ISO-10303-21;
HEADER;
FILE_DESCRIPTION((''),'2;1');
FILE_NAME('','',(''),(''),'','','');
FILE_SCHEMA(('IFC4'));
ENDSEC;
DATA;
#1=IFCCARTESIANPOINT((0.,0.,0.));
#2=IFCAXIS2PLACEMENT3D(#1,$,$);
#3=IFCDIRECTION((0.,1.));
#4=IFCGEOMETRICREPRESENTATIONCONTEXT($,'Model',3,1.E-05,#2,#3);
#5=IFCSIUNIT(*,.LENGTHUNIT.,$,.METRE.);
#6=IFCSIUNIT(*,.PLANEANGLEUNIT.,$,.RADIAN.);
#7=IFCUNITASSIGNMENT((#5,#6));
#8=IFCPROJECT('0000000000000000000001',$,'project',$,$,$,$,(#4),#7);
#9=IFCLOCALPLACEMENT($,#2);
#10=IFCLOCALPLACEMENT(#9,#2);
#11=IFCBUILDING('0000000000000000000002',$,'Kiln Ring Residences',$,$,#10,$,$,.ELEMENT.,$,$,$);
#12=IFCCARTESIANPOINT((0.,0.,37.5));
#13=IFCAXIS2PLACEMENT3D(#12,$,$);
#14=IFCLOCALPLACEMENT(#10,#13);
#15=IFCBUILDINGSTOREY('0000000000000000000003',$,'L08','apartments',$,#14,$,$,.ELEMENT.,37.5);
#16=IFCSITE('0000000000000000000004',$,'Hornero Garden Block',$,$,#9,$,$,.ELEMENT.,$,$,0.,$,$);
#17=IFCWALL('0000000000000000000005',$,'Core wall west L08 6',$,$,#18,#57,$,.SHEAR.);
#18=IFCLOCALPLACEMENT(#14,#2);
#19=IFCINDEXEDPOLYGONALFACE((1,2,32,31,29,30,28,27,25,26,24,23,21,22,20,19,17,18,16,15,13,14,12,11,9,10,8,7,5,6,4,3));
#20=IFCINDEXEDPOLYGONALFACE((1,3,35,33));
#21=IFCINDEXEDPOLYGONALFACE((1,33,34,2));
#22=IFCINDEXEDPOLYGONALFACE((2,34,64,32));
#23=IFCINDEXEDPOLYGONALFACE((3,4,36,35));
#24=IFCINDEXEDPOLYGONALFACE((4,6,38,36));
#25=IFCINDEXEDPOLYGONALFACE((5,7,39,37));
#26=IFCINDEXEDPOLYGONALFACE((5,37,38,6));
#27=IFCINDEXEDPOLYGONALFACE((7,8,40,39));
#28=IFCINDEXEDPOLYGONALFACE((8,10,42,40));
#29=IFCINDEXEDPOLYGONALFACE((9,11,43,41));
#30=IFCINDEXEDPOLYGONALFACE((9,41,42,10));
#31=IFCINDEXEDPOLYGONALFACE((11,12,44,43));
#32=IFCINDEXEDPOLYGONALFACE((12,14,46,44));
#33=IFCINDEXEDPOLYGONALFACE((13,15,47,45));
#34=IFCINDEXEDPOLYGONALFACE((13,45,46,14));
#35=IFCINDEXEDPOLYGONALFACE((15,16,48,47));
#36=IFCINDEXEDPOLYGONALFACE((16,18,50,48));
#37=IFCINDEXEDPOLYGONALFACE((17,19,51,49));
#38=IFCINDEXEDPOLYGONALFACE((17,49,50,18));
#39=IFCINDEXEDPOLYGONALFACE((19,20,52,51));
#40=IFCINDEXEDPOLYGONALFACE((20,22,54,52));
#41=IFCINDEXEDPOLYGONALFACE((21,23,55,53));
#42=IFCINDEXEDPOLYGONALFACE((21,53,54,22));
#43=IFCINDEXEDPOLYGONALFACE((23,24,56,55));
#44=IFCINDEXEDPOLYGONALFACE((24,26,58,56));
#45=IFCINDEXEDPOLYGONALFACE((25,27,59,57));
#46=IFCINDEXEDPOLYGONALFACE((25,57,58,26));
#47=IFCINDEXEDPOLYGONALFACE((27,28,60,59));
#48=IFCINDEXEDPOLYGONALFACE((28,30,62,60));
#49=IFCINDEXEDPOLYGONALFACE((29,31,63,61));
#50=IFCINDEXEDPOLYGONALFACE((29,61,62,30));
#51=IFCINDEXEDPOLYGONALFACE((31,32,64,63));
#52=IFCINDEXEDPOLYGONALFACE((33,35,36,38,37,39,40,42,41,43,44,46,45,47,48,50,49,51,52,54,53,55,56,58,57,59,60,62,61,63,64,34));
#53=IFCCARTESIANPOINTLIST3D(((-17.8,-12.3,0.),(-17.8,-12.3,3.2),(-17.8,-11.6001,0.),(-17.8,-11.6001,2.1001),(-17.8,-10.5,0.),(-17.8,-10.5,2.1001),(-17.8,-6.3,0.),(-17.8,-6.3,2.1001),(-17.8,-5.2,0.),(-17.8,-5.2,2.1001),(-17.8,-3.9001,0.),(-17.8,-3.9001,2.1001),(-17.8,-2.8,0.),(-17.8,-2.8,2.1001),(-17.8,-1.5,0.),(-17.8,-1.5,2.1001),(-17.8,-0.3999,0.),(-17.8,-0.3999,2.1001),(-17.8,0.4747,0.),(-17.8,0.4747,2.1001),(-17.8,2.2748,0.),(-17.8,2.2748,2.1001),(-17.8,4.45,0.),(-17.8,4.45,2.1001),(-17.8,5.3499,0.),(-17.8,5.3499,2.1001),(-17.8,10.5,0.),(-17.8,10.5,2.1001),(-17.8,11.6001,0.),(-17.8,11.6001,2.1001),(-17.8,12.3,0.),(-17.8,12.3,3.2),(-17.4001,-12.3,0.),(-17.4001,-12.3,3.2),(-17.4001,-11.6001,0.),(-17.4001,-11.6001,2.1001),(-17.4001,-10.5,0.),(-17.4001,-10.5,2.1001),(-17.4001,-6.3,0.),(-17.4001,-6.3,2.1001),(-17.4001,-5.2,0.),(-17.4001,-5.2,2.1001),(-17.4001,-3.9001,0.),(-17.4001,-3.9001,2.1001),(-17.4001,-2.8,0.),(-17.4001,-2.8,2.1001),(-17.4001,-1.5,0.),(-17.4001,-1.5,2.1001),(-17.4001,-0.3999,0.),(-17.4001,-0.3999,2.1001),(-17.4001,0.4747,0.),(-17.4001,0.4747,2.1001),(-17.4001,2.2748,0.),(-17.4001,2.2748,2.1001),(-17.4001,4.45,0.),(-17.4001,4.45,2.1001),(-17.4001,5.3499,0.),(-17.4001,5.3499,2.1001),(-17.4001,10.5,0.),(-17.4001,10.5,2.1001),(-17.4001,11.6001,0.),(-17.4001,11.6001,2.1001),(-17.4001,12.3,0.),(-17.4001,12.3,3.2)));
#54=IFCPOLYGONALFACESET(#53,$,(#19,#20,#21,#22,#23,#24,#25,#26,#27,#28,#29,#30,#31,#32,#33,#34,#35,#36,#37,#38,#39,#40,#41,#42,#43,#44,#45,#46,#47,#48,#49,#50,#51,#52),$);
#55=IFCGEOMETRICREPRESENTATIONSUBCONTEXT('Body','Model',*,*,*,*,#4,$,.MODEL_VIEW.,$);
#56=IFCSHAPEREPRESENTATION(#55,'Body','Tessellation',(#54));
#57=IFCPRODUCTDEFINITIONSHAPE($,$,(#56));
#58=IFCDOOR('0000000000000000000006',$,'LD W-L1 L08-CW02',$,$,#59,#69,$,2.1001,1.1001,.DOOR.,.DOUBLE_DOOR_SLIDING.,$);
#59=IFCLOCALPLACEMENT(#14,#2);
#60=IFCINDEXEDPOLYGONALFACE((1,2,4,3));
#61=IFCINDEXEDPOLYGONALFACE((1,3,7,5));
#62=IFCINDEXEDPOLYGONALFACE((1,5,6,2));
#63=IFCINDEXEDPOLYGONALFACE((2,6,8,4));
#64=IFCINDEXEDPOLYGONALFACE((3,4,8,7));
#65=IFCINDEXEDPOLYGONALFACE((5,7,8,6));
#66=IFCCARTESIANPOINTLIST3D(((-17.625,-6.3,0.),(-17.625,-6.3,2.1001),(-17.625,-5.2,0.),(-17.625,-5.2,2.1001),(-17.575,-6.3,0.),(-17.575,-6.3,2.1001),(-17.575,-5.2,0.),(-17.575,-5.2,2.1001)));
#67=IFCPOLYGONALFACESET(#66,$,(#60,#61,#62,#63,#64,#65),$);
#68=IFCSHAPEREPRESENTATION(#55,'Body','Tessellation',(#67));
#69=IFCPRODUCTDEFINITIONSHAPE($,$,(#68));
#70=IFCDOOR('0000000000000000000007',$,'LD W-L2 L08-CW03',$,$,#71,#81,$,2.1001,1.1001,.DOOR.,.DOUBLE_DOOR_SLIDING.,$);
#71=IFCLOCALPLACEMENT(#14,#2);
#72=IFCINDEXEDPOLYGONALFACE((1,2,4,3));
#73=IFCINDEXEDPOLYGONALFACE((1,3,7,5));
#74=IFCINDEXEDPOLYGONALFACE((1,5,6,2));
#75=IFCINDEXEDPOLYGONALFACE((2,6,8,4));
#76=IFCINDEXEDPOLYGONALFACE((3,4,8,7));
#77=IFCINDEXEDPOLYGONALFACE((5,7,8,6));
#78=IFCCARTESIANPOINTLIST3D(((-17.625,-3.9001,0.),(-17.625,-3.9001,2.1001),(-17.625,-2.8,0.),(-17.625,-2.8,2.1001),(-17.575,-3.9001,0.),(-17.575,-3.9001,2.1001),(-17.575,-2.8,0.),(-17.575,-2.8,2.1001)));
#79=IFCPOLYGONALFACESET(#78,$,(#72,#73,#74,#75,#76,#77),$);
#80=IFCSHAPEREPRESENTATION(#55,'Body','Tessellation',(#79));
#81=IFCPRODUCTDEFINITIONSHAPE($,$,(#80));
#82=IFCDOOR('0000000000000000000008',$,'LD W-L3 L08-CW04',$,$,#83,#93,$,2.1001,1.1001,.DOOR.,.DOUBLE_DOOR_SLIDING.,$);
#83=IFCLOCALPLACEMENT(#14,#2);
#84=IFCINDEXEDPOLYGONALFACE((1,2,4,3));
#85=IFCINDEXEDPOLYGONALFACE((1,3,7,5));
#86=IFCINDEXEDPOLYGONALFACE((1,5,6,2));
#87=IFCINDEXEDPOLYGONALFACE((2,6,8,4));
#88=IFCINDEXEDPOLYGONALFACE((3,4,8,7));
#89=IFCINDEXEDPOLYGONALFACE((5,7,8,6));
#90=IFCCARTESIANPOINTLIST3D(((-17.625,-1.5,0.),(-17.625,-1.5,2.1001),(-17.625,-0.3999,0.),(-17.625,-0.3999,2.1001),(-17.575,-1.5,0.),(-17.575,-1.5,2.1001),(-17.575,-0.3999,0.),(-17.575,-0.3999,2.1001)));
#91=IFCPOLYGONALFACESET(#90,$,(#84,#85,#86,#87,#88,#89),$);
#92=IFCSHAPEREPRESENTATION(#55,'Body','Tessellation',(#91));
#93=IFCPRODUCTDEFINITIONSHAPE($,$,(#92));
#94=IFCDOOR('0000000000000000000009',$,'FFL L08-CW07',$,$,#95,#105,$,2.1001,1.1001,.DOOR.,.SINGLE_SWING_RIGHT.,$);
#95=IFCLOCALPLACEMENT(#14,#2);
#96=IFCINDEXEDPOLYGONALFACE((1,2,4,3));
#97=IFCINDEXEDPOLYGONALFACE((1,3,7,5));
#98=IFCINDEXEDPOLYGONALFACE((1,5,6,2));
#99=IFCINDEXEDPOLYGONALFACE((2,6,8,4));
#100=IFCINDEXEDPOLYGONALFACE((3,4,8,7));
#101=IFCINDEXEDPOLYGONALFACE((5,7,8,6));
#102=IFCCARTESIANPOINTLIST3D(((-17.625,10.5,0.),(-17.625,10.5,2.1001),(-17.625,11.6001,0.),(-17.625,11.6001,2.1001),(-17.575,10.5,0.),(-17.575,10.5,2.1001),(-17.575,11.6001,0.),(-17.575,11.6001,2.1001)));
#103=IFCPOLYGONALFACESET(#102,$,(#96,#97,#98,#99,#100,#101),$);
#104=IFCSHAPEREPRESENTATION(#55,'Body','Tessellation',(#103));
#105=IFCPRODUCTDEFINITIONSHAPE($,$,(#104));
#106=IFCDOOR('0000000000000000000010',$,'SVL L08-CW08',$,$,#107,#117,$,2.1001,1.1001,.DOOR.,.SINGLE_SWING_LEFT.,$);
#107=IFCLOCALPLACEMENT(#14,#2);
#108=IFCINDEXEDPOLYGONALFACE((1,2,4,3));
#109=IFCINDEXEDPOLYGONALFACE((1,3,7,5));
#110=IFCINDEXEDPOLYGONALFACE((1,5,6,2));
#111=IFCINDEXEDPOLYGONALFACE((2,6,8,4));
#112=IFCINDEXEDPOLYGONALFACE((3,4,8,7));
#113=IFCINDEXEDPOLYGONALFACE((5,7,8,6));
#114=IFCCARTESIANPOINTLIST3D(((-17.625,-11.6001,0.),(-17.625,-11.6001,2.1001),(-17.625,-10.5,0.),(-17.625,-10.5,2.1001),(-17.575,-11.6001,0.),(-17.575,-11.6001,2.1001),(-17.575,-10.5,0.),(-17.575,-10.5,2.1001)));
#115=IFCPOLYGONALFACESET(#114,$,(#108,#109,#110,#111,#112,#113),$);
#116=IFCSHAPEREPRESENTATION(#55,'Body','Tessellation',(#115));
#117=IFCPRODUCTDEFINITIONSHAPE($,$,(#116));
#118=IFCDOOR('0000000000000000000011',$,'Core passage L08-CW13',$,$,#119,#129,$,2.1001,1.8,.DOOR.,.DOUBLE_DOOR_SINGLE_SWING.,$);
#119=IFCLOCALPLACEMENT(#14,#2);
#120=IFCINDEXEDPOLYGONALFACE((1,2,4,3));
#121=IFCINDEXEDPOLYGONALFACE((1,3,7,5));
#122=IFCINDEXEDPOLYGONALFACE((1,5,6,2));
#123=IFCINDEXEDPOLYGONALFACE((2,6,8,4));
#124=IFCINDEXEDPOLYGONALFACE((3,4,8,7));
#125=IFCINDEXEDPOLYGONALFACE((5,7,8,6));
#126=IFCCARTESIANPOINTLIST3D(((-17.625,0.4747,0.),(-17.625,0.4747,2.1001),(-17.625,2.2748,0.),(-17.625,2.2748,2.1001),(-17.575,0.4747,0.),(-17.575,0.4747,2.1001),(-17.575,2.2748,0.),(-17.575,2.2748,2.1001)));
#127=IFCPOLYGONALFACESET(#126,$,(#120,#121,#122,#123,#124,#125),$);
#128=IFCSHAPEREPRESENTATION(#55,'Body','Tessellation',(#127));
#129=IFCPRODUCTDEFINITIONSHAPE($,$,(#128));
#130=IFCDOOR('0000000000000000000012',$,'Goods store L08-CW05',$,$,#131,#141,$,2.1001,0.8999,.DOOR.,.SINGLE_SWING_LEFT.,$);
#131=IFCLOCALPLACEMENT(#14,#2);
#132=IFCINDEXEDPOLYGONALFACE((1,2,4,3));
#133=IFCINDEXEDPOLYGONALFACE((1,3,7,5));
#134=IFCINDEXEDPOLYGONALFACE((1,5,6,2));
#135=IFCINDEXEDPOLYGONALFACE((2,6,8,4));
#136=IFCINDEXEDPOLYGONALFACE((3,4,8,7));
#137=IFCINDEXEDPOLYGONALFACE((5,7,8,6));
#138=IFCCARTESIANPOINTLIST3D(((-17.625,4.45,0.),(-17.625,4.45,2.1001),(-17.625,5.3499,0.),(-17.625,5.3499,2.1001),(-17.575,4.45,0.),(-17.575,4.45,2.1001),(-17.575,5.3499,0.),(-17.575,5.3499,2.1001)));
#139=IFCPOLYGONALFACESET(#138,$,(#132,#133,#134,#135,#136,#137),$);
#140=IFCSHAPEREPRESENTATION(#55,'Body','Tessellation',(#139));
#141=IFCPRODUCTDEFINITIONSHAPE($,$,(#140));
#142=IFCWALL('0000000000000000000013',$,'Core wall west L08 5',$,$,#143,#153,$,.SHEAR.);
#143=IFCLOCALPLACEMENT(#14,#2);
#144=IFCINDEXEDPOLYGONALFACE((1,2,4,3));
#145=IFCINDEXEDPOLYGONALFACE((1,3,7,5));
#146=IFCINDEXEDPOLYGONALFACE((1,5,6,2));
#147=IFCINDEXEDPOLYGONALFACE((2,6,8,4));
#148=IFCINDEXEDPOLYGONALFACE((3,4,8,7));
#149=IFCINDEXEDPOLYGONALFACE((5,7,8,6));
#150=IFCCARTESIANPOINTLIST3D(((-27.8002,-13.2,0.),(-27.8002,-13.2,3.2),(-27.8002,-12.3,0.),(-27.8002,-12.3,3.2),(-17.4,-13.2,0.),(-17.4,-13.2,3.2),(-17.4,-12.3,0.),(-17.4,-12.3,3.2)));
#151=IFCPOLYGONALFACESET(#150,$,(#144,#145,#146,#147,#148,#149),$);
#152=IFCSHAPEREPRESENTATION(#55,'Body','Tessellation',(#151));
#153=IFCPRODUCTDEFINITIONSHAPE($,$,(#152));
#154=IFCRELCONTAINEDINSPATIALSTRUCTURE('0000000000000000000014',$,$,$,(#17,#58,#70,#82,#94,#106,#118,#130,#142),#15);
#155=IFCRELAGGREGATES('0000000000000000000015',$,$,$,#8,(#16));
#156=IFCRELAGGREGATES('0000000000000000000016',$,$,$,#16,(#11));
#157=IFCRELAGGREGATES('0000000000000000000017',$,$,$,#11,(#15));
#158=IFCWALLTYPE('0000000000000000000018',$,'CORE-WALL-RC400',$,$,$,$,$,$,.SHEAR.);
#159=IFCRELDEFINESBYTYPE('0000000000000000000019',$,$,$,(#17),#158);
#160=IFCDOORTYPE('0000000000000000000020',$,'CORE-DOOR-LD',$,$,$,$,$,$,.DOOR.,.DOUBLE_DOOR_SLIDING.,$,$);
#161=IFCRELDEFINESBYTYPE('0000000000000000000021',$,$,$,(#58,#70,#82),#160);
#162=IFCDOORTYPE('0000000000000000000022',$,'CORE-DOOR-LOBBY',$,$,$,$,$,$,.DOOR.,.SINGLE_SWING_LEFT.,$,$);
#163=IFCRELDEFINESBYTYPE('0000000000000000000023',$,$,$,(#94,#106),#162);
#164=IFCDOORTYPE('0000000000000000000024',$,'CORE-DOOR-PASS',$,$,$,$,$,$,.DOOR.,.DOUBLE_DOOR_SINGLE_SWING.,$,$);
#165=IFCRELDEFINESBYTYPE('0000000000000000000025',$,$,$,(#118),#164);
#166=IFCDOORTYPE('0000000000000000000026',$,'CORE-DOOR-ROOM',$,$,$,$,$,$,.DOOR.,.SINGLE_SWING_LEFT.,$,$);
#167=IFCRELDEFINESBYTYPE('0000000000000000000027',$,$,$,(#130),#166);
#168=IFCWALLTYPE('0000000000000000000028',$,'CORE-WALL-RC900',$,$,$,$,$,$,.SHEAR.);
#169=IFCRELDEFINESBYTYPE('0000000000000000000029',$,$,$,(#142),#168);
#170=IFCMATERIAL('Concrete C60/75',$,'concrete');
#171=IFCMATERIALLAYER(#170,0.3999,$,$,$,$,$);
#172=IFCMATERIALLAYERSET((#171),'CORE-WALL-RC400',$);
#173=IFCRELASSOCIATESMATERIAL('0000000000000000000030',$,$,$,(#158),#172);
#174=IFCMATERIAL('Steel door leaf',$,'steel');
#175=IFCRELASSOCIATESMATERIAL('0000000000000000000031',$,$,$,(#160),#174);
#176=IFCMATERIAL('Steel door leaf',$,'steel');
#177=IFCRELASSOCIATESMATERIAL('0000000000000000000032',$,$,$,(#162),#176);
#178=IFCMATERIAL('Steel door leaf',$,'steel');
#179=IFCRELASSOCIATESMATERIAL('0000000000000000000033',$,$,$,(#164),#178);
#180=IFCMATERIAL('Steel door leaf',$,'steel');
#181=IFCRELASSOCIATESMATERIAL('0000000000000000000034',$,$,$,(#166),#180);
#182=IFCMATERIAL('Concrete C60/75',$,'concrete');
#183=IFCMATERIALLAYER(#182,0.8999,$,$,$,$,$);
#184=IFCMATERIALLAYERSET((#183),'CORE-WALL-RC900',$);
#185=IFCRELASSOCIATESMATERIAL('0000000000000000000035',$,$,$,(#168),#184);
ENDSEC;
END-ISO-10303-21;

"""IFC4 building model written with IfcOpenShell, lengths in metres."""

from ifc_helpers import new_model, si_unit, direction, frame, frame_2d, origin, place, context, subcontext, project, spatial, rectangle, extrude, material, layer, layer_set, type_object, element, fill, save


model = new_model("IFC4")

# Units and contexts
model_context = context("Model", 3, precision=1e-05, world=origin(), true_north=direction((0.0, 1.0)))
body_context = subcontext(model_context, "Body", "Model", "MODEL_VIEW")
ifc_project = project(units=[si_unit("LENGTHUNIT", "METRE"), si_unit("PLANEANGLEUNIT", "RADIAN")], contexts=[model_context])

# Site, building, storey
site_placement = place(None, origin())
site = spatial("IfcSite", under=ifc_project, at=site_placement, Name="Hornero Garden Block", CompositionType="ELEMENT", RefElevation=0.0)
building_placement = place(site_placement, origin())
building = spatial("IfcBuilding", under=site, at=building_placement, Name="Kiln Ring Residences", CompositionType="ELEMENT")
storey_placement = place(building_placement, frame((0.0, 0.0, 37.5)))
storey = spatial("IfcBuildingStorey", under=building, at=storey_placement, Name="L08", Description="apartments", CompositionType="ELEMENT", Elevation=37.5)

# Wall, openings, doors
ifc_material_1 = material(Name="Concrete C60/75", Category="concrete")
ifc_layer_1 = layer(ifc_material_1, 0.3999)
ifc_layer_set_1 = layer_set([ifc_layer_1], Name="CORE-WALL-RC400")
wall_type_1 = type_object("IfcWallType", Name="CORE-WALL-RC400", PredefinedType="SHEAR", material=ifc_layer_set_1)
wall_1_placement = place(storey_placement, frame((-17.6001, -12.3, 0.0), z_axis=(0.0, 0.0, 1.0), x_axis=(0.0, 1.0, 0.0)))
wall_1 = element("IfcWall", 1, at=wall_1_placement, inside=storey, type_object=wall_type_1, Name="Core wall west L08 6", PredefinedType="SHEAR", context=body_context, shape_type="SweptSolid", body=[
    extrude(rectangle(XDim=24.6001, YDim=0.3999, at=frame_2d((12.3, 0.0))), origin(), (0.0, 0.0, 1.0), 3.2),
])
opening_1_placement = place(wall_1_placement, frame((6.0, 0.0, 0.0)))
opening_1 = element("IfcOpeningElement", 2, at=opening_1_placement, cuts=wall_1, PredefinedType="OPENING", context=body_context, shape_type="SweptSolid", body=[
    extrude(rectangle(XDim=1.1001, YDim=2.1001, at=frame_2d((0.55, 1.05))), frame((0.0, 0.21, 0.0), z_axis=(0.0, -1.0, 0.0), x_axis=(1.0, 0.0, 0.0)), (0.0, 0.0, 1.0), 0.4199),
])
opening_2_placement = place(wall_1_placement, frame((8.3999, 0.0, 0.0)))
opening_2 = element("IfcOpeningElement", 3, at=opening_2_placement, cuts=wall_1, PredefinedType="OPENING", context=body_context, shape_type="SweptSolid", body=[
    extrude(rectangle(XDim=1.1001, YDim=2.1001, at=frame_2d((0.55, 1.05))), frame((0.0, 0.21, 0.0), z_axis=(0.0, -1.0, 0.0), x_axis=(1.0, 0.0, 0.0)), (0.0, 0.0, 1.0), 0.4199),
])
opening_3_placement = place(wall_1_placement, frame((10.8, 0.0, 0.0)))
opening_3 = element("IfcOpeningElement", 4, at=opening_3_placement, cuts=wall_1, PredefinedType="OPENING", context=body_context, shape_type="SweptSolid", body=[
    extrude(rectangle(XDim=1.1001, YDim=2.1001, at=frame_2d((0.55, 1.05))), frame((0.0, 0.21, 0.0), z_axis=(0.0, -1.0, 0.0), x_axis=(1.0, 0.0, 0.0)), (0.0, 0.0, 1.0), 0.4199),
])
opening_4_placement = place(wall_1_placement, frame((16.75, 0.0, 0.0)))
opening_4 = element("IfcOpeningElement", 5, at=opening_4_placement, cuts=wall_1, PredefinedType="OPENING", context=body_context, shape_type="SweptSolid", body=[
    extrude(rectangle(XDim=0.8999, YDim=2.1001, at=frame_2d((0.45, 1.05))), frame((0.0, 0.21, 0.0), z_axis=(0.0, -1.0, 0.0), x_axis=(1.0, 0.0, 0.0)), (0.0, 0.0, 1.0), 0.4199),
])
opening_5_placement = place(wall_1_placement, frame((22.8, 0.0, 0.0)))
opening_5 = element("IfcOpeningElement", 6, at=opening_5_placement, cuts=wall_1, PredefinedType="OPENING", context=body_context, shape_type="SweptSolid", body=[
    extrude(rectangle(XDim=1.1001, YDim=2.1001, at=frame_2d((0.55, 1.05))), frame((0.0, 0.21, 0.0), z_axis=(0.0, -1.0, 0.0), x_axis=(1.0, 0.0, 0.0)), (0.0, 0.0, 1.0), 0.4199),
])
opening_6_placement = place(wall_1_placement, frame((0.7, 0.0, 0.0)))
opening_6 = element("IfcOpeningElement", 7, at=opening_6_placement, cuts=wall_1, PredefinedType="OPENING", context=body_context, shape_type="SweptSolid", body=[
    extrude(rectangle(XDim=1.1001, YDim=2.1001, at=frame_2d((0.55, 1.05))), frame((0.0, 0.21, 0.0), z_axis=(0.0, -1.0, 0.0), x_axis=(1.0, 0.0, 0.0)), (0.0, 0.0, 1.0), 0.4199),
])
opening_7_placement = place(wall_1_placement, frame((12.7749, 0.0, 0.0)))
opening_7 = element("IfcOpeningElement", 8, at=opening_7_placement, cuts=wall_1, PredefinedType="OPENING", context=body_context, shape_type="SweptSolid", body=[
    extrude(rectangle(XDim=1.8, YDim=2.1001, at=frame_2d((0.8999, 1.05))), frame((0.0, 0.21, 0.0), z_axis=(0.0, -1.0, 0.0), x_axis=(1.0, 0.0, 0.0)), (0.0, 0.0, 1.0), 0.4199),
])
ifc_material_2 = material(Name="Steel door leaf", Category="steel")
door_type_1 = type_object("IfcDoorType", Name="CORE-DOOR-LD", OperationType="DOUBLE_DOOR_SLIDING", PredefinedType="DOOR", material=ifc_material_2)
door_1_placement = place(opening_1_placement, origin())
door_1 = element("IfcDoor", 9, at=door_1_placement, inside=storey, type_object=door_type_1, Name="LD W-L1 L08-CW02", OperationType="DOUBLE_DOOR_SLIDING", OverallHeight=2.1001, OverallWidth=1.1001, PredefinedType="DOOR", context=body_context, shape_type="SweptSolid", body=[
    extrude(rectangle(XDim=1.1001, YDim=2.1001, at=frame_2d((0.55, 1.05))), frame((0.0, 0.0249, 0.0), z_axis=(0.0, -1.0, 0.0), x_axis=(1.0, 0.0, 0.0)), (0.0, 0.0, 1.0), 0.05),
])
fill(opening_1, door_1)
door_2_placement = place(opening_2_placement, origin())
door_2 = element("IfcDoor", 10, at=door_2_placement, inside=storey, type_object=door_type_1, Name="LD W-L2 L08-CW03", OperationType="DOUBLE_DOOR_SLIDING", OverallHeight=2.1001, OverallWidth=1.1001, PredefinedType="DOOR", context=body_context, shape_type="SweptSolid", body=[
    extrude(rectangle(XDim=1.1001, YDim=2.1001, at=frame_2d((0.55, 1.05))), frame((0.0, 0.0249, 0.0), z_axis=(0.0, -1.0, 0.0), x_axis=(1.0, 0.0, 0.0)), (0.0, 0.0, 1.0), 0.05),
])
fill(opening_2, door_2)
door_3_placement = place(opening_3_placement, origin())
door_3 = element("IfcDoor", 11, at=door_3_placement, inside=storey, type_object=door_type_1, Name="LD W-L3 L08-CW04", OperationType="DOUBLE_DOOR_SLIDING", OverallHeight=2.1001, OverallWidth=1.1001, PredefinedType="DOOR", context=body_context, shape_type="SweptSolid", body=[
    extrude(rectangle(XDim=1.1001, YDim=2.1001, at=frame_2d((0.55, 1.05))), frame((0.0, 0.0249, 0.0), z_axis=(0.0, -1.0, 0.0), x_axis=(1.0, 0.0, 0.0)), (0.0, 0.0, 1.0), 0.05),
])
fill(opening_3, door_3)
ifc_material_3 = material(Name="Steel door leaf", Category="steel")
door_type_2 = type_object("IfcDoorType", Name="CORE-DOOR-LOBBY", OperationType="SINGLE_SWING_LEFT", PredefinedType="DOOR", material=ifc_material_3)
door_4_placement = place(opening_5_placement, origin())
door_4 = element("IfcDoor", 12, at=door_4_placement, inside=storey, type_object=door_type_2, Name="FFL L08-CW07", OperationType="SINGLE_SWING_RIGHT", OverallHeight=2.1001, OverallWidth=1.1001, PredefinedType="DOOR", context=body_context, shape_type="SweptSolid", body=[
    extrude(rectangle(XDim=1.1001, YDim=2.1001, at=frame_2d((0.55, 1.05))), frame((0.0, 0.0249, 0.0), z_axis=(0.0, -1.0, 0.0), x_axis=(1.0, 0.0, 0.0)), (0.0, 0.0, 1.0), 0.05),
])
fill(opening_5, door_4)
door_5_placement = place(opening_6_placement, origin())
door_5 = element("IfcDoor", 13, at=door_5_placement, inside=storey, type_object=door_type_2, Name="SVL L08-CW08", OperationType="SINGLE_SWING_LEFT", OverallHeight=2.1001, OverallWidth=1.1001, PredefinedType="DOOR", context=body_context, shape_type="SweptSolid", body=[
    extrude(rectangle(XDim=1.1001, YDim=2.1001, at=frame_2d((0.55, 1.05))), frame((0.0, 0.0249, 0.0), z_axis=(0.0, -1.0, 0.0), x_axis=(1.0, 0.0, 0.0)), (0.0, 0.0, 1.0), 0.05),
])
fill(opening_6, door_5)
ifc_material_4 = material(Name="Steel door leaf", Category="steel")
door_type_3 = type_object("IfcDoorType", Name="CORE-DOOR-PASS", OperationType="DOUBLE_DOOR_SINGLE_SWING", PredefinedType="DOOR", material=ifc_material_4)
door_6_placement = place(opening_7_placement, origin())
door_6 = element("IfcDoor", 14, at=door_6_placement, inside=storey, type_object=door_type_3, Name="Core passage L08-CW13", OperationType="DOUBLE_DOOR_SINGLE_SWING", OverallHeight=2.1001, OverallWidth=1.8, PredefinedType="DOOR", context=body_context, shape_type="SweptSolid", body=[
    extrude(rectangle(XDim=1.8, YDim=2.1001, at=frame_2d((0.8999, 1.05))), frame((0.0, 0.0249, 0.0), z_axis=(0.0, -1.0, 0.0), x_axis=(1.0, 0.0, 0.0)), (0.0, 0.0, 1.0), 0.05),
])
fill(opening_7, door_6)
ifc_material_5 = material(Name="Steel door leaf", Category="steel")
door_type_4 = type_object("IfcDoorType", Name="CORE-DOOR-ROOM", OperationType="SINGLE_SWING_LEFT", PredefinedType="DOOR", material=ifc_material_5)
door_7_placement = place(opening_4_placement, origin())
door_7 = element("IfcDoor", 15, at=door_7_placement, inside=storey, type_object=door_type_4, Name="Goods store L08-CW05", OperationType="SINGLE_SWING_LEFT", OverallHeight=2.1001, OverallWidth=0.8999, PredefinedType="DOOR", context=body_context, shape_type="SweptSolid", body=[
    extrude(rectangle(XDim=0.8999, YDim=2.1001, at=frame_2d((0.45, 1.05))), frame((0.0, 0.0249, 0.0), z_axis=(0.0, -1.0, 0.0), x_axis=(1.0, 0.0, 0.0)), (0.0, 0.0, 1.0), 0.05),
])
fill(opening_4, door_7)

# Wall
ifc_material_6 = material(Name="Concrete C60/75", Category="concrete")
ifc_layer_2 = layer(ifc_material_6, 0.8999)
ifc_layer_set_2 = layer_set([ifc_layer_2], Name="CORE-WALL-RC900")
wall_type_2 = type_object("IfcWallType", Name="CORE-WALL-RC900", PredefinedType="SHEAR", material=ifc_layer_set_2)
wall_2_placement = place(storey_placement, frame((-17.3999, -12.75, 0.0), z_axis=(0.0, 0.0, 1.0), x_axis=(-1.0, 0.0, 0.0)))
element("IfcWall", 16, at=wall_2_placement, inside=storey, type_object=wall_type_2, Name="Core wall west L08 5", PredefinedType="SHEAR", context=body_context, shape_type="SweptSolid", body=[
    extrude(rectangle(XDim=10.4001, YDim=0.8999, at=frame_2d((5.2002, 0.0))), origin(), (0.0, 0.0, 1.0), 3.2),
])

save(model, "model.ifc")
